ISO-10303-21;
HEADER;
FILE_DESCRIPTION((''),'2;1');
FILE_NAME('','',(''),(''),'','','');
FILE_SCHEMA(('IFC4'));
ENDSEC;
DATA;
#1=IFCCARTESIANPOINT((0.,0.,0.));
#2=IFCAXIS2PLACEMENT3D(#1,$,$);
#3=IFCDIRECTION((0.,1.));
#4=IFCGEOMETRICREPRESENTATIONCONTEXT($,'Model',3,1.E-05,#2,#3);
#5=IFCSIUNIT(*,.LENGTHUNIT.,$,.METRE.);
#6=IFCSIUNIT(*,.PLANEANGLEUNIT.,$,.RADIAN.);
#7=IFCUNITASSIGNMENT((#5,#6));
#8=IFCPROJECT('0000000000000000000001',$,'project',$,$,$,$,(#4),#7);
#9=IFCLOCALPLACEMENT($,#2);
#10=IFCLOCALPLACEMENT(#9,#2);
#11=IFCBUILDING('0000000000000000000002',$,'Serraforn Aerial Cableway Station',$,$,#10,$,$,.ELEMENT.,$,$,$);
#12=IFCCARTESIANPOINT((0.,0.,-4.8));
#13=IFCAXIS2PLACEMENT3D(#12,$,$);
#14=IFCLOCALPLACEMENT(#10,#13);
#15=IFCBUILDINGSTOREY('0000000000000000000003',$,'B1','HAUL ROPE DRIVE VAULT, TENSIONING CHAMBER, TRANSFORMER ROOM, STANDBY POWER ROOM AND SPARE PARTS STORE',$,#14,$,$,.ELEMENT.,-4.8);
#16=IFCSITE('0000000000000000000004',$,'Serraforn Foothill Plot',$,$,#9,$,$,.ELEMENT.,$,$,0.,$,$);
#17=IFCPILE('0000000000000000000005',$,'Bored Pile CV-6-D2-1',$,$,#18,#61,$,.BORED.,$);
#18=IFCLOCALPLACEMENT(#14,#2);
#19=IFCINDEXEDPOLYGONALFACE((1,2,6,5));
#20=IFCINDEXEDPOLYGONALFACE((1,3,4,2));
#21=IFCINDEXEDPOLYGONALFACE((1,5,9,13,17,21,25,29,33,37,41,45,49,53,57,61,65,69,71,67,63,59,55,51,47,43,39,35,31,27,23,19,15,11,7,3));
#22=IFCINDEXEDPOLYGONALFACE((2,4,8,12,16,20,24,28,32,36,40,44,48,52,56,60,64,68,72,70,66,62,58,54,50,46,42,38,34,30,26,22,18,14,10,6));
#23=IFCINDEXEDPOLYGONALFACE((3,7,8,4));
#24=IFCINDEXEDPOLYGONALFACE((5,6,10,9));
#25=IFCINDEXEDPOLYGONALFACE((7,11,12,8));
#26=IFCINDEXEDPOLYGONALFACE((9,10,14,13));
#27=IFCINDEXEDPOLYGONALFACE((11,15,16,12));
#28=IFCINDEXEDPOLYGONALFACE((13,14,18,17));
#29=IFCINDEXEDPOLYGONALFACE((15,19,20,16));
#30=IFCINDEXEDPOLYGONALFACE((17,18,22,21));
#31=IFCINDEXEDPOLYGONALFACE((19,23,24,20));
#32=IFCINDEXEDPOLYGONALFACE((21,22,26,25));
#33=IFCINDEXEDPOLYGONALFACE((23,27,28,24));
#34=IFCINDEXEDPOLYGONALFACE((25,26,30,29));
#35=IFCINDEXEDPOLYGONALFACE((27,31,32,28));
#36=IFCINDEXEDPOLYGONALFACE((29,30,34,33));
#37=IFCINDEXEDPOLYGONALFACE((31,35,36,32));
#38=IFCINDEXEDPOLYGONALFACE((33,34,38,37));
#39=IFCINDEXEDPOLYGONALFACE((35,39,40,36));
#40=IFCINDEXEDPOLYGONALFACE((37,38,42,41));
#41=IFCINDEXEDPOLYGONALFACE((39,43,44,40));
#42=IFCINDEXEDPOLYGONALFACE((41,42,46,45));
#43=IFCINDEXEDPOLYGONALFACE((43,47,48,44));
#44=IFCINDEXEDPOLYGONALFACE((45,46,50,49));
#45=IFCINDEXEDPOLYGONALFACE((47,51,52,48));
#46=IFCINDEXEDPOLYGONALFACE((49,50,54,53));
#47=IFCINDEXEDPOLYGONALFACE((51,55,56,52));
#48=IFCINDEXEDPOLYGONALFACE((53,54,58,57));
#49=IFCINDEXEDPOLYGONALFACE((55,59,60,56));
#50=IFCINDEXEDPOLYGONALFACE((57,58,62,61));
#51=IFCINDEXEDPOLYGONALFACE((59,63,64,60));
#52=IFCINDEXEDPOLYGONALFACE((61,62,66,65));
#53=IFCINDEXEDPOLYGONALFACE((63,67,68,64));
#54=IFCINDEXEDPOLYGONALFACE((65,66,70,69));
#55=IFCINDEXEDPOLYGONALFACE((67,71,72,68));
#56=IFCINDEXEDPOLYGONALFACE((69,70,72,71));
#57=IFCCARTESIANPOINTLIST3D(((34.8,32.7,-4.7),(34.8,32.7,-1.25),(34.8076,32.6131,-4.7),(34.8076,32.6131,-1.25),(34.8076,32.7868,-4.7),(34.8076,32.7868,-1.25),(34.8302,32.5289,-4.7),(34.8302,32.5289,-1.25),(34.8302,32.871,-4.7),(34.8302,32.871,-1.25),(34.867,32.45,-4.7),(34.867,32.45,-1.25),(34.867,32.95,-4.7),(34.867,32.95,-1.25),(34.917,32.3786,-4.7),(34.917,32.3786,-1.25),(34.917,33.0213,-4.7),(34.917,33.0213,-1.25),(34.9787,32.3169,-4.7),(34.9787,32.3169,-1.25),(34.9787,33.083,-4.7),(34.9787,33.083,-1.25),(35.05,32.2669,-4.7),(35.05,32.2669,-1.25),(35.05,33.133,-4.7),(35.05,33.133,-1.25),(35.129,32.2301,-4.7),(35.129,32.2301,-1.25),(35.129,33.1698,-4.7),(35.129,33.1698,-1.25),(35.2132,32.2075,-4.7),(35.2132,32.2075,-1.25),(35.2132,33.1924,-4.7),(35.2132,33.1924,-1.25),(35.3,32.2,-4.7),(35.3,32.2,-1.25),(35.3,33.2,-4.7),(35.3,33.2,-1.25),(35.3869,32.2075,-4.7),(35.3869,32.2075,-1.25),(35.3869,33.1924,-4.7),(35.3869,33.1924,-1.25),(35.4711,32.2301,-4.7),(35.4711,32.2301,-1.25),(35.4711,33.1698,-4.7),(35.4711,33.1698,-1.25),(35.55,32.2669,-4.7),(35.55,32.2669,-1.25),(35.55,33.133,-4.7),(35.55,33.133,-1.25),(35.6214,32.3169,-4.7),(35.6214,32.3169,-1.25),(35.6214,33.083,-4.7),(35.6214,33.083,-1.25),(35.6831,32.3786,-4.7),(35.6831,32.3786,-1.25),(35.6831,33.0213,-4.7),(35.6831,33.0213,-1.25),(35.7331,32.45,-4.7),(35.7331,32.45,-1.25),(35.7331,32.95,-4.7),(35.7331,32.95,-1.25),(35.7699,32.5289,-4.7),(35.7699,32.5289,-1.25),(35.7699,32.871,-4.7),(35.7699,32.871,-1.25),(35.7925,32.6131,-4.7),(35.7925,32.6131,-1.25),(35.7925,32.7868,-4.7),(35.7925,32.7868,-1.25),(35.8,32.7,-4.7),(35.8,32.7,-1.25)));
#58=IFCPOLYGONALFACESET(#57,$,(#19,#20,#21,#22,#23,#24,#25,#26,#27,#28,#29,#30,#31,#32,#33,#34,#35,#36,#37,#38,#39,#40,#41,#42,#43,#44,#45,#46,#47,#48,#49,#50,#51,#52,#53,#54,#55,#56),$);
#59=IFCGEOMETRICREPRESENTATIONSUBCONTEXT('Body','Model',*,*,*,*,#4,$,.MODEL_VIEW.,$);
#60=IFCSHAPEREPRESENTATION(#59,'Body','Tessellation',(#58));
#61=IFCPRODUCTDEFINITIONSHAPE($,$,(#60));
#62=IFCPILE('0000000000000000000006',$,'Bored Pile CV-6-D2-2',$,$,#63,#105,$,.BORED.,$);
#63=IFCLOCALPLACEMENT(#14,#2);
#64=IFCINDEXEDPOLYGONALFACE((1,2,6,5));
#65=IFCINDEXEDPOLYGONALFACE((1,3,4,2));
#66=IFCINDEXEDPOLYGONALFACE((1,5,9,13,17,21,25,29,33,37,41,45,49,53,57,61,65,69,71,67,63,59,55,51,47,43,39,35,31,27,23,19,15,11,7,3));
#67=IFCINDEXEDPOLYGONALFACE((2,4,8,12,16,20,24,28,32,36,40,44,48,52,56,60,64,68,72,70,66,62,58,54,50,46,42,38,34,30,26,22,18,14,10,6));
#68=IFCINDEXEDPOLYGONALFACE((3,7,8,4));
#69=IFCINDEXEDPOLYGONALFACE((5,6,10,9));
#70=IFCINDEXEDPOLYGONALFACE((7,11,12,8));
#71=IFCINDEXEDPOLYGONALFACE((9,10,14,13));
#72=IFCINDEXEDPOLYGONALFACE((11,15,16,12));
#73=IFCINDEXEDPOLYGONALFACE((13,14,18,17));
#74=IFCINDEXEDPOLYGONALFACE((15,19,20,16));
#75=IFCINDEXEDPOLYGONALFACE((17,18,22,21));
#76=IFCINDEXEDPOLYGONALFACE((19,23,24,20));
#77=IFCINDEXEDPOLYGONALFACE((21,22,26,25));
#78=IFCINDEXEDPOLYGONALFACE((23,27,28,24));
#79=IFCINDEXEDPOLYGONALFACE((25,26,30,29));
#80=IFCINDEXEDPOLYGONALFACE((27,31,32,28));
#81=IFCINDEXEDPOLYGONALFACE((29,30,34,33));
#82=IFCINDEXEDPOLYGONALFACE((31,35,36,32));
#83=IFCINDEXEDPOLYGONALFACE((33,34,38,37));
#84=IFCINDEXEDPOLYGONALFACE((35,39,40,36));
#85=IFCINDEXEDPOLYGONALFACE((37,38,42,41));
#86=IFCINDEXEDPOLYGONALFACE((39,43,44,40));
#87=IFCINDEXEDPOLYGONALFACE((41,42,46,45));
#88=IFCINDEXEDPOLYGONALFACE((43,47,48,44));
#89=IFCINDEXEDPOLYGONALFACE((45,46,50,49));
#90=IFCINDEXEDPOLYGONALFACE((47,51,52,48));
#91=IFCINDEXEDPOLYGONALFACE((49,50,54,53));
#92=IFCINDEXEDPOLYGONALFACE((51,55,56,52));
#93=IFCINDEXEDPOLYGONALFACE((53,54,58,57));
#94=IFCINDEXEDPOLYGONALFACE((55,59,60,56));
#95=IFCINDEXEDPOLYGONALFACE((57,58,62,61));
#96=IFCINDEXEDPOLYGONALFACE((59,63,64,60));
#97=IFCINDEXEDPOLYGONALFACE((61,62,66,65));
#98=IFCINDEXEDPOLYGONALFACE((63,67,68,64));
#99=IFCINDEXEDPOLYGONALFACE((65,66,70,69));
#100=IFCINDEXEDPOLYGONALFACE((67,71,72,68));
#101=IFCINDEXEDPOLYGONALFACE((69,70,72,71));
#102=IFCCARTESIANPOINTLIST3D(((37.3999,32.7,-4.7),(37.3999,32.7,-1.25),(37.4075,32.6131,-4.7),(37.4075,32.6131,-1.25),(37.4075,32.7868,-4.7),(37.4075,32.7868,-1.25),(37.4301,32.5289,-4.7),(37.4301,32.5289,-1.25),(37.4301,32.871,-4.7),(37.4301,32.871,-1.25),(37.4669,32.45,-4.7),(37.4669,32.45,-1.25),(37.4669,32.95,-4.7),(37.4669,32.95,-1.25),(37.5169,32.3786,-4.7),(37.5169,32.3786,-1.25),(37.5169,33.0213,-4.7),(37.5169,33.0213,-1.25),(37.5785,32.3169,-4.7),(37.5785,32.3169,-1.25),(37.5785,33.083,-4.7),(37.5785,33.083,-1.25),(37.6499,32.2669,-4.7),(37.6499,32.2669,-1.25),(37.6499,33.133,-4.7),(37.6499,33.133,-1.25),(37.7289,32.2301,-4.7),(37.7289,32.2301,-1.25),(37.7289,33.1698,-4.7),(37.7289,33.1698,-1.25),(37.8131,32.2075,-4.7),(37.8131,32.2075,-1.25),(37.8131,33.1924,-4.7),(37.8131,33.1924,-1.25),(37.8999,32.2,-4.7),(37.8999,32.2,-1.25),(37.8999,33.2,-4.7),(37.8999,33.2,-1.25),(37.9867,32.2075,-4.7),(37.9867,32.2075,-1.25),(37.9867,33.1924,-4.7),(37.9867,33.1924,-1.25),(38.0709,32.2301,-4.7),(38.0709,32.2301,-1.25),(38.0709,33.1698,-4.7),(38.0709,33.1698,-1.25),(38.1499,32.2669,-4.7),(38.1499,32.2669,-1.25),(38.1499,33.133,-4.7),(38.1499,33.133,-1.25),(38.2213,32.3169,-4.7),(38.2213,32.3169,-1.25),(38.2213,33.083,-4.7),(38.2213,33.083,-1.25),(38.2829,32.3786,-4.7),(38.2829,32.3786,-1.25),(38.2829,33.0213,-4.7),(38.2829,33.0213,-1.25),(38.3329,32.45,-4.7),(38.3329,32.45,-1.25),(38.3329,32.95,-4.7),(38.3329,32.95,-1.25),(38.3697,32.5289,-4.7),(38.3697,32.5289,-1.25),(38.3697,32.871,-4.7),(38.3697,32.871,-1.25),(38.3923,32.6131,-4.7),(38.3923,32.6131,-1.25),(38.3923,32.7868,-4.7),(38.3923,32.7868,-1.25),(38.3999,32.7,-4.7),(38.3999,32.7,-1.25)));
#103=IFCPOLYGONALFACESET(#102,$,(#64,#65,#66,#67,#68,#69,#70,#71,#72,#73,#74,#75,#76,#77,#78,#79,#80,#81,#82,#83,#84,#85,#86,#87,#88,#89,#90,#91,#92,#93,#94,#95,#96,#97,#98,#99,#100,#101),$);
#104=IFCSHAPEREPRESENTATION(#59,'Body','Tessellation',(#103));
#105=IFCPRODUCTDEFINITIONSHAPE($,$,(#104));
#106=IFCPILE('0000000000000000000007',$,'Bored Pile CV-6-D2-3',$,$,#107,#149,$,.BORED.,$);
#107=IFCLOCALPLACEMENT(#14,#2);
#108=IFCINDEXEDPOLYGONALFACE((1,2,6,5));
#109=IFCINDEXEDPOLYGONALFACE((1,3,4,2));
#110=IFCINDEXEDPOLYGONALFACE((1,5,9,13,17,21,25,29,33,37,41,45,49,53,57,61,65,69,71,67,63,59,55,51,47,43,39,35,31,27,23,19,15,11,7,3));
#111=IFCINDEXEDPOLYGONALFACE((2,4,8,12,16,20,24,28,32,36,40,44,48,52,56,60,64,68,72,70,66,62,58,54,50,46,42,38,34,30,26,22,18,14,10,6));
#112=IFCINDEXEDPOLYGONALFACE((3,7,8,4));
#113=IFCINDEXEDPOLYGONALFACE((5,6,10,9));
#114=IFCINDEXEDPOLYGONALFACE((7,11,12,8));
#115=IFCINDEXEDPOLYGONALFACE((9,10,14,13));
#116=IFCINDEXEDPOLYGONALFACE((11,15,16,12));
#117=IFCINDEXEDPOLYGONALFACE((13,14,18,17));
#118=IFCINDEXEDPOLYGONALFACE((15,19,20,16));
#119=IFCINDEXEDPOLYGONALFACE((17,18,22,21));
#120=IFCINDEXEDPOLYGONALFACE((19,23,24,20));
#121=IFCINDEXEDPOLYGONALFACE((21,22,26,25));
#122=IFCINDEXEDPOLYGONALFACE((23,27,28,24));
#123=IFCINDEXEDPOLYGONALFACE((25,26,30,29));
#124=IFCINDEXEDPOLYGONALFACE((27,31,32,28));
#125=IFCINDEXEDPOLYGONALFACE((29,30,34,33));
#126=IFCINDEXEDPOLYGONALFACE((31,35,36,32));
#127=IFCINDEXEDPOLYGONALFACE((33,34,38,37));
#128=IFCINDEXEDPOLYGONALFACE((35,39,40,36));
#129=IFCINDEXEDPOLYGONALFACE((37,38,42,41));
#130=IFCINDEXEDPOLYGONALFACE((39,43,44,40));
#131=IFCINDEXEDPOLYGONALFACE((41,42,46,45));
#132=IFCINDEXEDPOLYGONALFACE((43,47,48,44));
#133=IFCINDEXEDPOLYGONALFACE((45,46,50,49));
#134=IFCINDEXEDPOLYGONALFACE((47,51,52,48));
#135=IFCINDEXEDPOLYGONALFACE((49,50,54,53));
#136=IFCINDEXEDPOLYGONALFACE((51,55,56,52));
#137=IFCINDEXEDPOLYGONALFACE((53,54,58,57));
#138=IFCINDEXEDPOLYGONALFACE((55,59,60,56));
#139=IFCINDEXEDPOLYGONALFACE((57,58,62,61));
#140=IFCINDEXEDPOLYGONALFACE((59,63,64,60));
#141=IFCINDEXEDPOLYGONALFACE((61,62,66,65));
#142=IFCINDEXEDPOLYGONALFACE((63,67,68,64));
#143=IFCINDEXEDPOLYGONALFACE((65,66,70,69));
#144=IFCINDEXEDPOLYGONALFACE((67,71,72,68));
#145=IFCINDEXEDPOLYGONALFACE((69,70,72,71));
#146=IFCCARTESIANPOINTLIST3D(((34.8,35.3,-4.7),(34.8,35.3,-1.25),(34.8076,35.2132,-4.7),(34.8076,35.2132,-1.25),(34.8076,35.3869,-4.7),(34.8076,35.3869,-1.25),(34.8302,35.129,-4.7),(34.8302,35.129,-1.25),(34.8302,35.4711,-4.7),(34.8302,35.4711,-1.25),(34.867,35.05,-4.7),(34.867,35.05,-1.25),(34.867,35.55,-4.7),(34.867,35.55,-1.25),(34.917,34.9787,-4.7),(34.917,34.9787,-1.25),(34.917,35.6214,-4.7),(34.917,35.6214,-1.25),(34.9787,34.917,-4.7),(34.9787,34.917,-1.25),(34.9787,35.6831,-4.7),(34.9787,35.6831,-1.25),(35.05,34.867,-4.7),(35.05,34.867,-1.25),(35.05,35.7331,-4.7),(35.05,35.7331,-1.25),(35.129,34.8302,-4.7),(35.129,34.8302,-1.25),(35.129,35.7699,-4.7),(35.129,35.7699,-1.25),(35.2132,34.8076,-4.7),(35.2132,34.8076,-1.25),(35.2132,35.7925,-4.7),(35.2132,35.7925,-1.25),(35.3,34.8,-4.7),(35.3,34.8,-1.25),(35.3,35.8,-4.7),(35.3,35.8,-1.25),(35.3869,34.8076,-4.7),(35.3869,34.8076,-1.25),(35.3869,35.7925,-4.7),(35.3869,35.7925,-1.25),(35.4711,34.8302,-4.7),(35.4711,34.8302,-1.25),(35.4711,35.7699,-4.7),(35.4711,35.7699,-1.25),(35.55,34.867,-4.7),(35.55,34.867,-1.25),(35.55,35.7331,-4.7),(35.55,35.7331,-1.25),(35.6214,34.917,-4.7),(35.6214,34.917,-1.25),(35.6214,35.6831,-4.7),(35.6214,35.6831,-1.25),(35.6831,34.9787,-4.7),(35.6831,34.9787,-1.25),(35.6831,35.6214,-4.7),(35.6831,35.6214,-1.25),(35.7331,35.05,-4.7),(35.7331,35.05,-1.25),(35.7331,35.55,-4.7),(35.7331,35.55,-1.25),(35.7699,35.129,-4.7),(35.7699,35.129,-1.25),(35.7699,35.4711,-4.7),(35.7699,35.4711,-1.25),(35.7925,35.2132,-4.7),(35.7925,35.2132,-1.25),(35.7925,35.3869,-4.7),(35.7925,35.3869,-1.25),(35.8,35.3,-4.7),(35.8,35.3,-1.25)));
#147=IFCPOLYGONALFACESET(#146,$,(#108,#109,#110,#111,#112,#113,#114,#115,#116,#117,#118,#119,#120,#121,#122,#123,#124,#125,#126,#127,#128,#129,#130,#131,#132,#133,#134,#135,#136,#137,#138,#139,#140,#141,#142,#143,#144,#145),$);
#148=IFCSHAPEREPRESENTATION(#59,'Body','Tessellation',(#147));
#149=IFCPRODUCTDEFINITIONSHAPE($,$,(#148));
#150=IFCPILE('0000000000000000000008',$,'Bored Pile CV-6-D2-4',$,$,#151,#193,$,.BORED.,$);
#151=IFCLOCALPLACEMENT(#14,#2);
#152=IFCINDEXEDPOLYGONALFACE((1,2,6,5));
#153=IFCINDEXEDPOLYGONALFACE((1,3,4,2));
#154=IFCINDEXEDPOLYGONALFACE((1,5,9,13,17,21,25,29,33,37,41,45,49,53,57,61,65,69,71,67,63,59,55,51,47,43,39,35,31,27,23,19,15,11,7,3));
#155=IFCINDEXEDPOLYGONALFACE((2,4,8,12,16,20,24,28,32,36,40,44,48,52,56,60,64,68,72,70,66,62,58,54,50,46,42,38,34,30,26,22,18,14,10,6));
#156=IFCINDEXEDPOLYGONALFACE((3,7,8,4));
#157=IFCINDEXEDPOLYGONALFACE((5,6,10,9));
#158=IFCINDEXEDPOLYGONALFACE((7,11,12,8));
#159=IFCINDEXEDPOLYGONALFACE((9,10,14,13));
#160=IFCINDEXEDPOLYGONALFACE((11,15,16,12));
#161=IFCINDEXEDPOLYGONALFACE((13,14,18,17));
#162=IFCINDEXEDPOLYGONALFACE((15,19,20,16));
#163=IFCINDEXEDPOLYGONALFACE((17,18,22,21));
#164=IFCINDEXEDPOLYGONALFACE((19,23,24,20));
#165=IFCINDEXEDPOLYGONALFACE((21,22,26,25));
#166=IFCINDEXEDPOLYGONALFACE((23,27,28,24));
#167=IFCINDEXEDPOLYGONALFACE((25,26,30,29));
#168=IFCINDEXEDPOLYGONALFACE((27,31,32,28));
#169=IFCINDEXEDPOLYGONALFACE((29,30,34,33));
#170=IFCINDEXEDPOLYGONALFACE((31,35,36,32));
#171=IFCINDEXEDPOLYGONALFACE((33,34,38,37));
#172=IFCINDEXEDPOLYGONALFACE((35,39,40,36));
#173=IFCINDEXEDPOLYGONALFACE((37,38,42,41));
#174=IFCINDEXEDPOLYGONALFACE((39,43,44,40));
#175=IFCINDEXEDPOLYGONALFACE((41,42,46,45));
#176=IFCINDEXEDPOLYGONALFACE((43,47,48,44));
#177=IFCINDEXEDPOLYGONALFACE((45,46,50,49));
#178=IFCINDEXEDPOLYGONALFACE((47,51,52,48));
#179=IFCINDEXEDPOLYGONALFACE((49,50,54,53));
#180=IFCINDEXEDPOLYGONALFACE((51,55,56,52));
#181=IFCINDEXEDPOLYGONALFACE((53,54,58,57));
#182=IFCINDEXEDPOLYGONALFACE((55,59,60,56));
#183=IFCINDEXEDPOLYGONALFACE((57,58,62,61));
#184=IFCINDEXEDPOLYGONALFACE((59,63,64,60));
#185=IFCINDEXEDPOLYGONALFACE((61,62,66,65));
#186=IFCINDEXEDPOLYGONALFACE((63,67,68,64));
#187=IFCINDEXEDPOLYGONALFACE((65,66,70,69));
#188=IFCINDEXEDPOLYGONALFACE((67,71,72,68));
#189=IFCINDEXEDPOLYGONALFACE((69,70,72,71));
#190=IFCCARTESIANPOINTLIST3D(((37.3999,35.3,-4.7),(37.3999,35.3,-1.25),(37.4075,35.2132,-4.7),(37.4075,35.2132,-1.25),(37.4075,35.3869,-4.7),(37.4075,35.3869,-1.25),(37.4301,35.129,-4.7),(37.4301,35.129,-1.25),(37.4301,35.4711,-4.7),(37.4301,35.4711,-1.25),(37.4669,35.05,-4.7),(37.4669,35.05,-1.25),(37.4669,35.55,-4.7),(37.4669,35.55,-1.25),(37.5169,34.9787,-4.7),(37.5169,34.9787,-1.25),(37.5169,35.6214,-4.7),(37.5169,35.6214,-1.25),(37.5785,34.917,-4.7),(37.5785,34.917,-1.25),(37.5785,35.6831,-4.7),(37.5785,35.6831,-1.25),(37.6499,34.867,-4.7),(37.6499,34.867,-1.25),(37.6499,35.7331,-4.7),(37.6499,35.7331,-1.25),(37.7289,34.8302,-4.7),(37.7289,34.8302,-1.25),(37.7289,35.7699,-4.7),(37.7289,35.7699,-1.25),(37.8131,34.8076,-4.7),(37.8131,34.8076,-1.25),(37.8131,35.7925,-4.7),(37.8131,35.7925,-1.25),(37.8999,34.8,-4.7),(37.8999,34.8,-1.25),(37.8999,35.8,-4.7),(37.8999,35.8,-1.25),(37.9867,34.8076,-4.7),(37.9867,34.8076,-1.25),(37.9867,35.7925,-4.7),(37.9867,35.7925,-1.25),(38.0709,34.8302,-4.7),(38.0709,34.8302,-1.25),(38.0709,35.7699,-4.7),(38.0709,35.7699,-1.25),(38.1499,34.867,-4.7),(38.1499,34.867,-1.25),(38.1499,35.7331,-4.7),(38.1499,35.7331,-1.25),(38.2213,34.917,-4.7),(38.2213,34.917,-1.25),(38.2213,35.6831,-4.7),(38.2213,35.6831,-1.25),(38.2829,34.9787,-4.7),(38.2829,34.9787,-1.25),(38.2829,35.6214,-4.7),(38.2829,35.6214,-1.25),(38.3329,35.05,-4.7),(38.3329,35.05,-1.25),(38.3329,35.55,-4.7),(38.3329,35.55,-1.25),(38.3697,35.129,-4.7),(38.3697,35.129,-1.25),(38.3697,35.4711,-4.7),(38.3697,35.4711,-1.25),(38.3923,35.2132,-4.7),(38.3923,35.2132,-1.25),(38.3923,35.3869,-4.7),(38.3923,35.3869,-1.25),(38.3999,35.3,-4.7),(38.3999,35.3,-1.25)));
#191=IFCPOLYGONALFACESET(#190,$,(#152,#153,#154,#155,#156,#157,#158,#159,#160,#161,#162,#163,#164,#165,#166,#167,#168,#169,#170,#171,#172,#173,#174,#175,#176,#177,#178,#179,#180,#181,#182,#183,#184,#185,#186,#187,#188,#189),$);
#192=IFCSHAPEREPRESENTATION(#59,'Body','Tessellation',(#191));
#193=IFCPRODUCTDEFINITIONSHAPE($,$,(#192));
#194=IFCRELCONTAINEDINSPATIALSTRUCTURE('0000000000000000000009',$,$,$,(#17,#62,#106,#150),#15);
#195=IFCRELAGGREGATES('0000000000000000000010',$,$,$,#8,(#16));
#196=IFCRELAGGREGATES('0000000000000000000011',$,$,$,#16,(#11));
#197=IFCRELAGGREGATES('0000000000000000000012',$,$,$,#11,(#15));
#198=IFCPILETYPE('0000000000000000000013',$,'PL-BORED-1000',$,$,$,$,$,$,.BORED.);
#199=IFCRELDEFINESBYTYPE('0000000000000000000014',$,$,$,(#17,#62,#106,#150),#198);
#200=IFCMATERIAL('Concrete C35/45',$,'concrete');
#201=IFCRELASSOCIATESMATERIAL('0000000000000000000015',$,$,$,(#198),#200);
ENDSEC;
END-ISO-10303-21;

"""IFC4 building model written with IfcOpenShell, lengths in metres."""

from ifc_helpers import new_model, si_unit, direction, frame, origin, origin_2d, place, context, subcontext, project, spatial, circle, extrude, material, material_profile, profile_set, type_object, element, save


model = new_model("IFC4")

# Units and contexts
model_context = context("Model", 3, precision=1e-05, world=origin(), true_north=direction((0.0, 1.0)))
body_context = subcontext(model_context, "Body", "Model", "MODEL_VIEW")
ifc_project = project(units=[si_unit("LENGTHUNIT", "METRE"), si_unit("PLANEANGLEUNIT", "RADIAN")], contexts=[model_context])

# Site, building, storey
site_placement = place(None, origin())
site = spatial("IfcSite", under=ifc_project, at=site_placement, Name="Serraforn Foothill Plot", CompositionType="ELEMENT", RefElevation=0.0)
building_placement = place(site_placement, origin())
building = spatial("IfcBuilding", under=site, at=building_placement, Name="Serraforn Aerial Cableway Station", CompositionType="ELEMENT")
storey_placement = place(building_placement, frame((0.0, 0.0, -4.8)))
storey = spatial("IfcBuildingStorey", under=building, at=storey_placement, Name="B1", Description="HAUL ROPE DRIVE VAULT, TENSIONING CHAMBER, TRANSFORMER ROOM, STANDBY POWER ROOM AND SPARE PARTS STORE", CompositionType="ELEMENT", Elevation=-4.8)

# Shared definitions
ifc_material_1 = material(Name="Concrete C35/45", Category="concrete")

# Piles
ifc_material_profile_1 = material_profile(ifc_material_1, circle(Radius=0.5, at=origin_2d()), Name="BORED PILE D1000")
ifc_profile_set_1 = profile_set([ifc_material_profile_1], Name="Concrete C35/45")
pile_type_1 = type_object("IfcPileType", Name="PL-BORED-1000", PredefinedType="BORED", material=ifc_profile_set_1)
for number, where, z_axis, x_axis, name in (
    (1, (35.3, 32.7, -1.25), (0.0, 0.0, -1.0), (1.0, 0.0, 0.0), "Bored Pile CV-6-D2-1"),
    (2, (37.8999, 32.7, -1.25), (0.0, 0.0, -1.0), (1.0, 0.0, 0.0), "Bored Pile CV-6-D2-2"),
    (3, (35.3, 35.3, -1.25), (0.0, 0.0, -1.0), (1.0, 0.0, 0.0), "Bored Pile CV-6-D2-3"),
    (4, (37.8999, 35.3, -1.25), (0.0, 0.0, -1.0), (1.0, 0.0, 0.0), "Bored Pile CV-6-D2-4"),
):
    element("IfcPile", number, at=place(storey_placement, frame(where, z_axis=z_axis, x_axis=x_axis)), inside=storey, type_object=pile_type_1, Name=name, PredefinedType="BORED", context=body_context, shape_type="SweptSolid", body=[
        extrude(circle(Radius=0.5, at=origin_2d()), origin(), (0.0, 0.0, 1.0), 3.45),
    ])

save(model, "model.ifc")
